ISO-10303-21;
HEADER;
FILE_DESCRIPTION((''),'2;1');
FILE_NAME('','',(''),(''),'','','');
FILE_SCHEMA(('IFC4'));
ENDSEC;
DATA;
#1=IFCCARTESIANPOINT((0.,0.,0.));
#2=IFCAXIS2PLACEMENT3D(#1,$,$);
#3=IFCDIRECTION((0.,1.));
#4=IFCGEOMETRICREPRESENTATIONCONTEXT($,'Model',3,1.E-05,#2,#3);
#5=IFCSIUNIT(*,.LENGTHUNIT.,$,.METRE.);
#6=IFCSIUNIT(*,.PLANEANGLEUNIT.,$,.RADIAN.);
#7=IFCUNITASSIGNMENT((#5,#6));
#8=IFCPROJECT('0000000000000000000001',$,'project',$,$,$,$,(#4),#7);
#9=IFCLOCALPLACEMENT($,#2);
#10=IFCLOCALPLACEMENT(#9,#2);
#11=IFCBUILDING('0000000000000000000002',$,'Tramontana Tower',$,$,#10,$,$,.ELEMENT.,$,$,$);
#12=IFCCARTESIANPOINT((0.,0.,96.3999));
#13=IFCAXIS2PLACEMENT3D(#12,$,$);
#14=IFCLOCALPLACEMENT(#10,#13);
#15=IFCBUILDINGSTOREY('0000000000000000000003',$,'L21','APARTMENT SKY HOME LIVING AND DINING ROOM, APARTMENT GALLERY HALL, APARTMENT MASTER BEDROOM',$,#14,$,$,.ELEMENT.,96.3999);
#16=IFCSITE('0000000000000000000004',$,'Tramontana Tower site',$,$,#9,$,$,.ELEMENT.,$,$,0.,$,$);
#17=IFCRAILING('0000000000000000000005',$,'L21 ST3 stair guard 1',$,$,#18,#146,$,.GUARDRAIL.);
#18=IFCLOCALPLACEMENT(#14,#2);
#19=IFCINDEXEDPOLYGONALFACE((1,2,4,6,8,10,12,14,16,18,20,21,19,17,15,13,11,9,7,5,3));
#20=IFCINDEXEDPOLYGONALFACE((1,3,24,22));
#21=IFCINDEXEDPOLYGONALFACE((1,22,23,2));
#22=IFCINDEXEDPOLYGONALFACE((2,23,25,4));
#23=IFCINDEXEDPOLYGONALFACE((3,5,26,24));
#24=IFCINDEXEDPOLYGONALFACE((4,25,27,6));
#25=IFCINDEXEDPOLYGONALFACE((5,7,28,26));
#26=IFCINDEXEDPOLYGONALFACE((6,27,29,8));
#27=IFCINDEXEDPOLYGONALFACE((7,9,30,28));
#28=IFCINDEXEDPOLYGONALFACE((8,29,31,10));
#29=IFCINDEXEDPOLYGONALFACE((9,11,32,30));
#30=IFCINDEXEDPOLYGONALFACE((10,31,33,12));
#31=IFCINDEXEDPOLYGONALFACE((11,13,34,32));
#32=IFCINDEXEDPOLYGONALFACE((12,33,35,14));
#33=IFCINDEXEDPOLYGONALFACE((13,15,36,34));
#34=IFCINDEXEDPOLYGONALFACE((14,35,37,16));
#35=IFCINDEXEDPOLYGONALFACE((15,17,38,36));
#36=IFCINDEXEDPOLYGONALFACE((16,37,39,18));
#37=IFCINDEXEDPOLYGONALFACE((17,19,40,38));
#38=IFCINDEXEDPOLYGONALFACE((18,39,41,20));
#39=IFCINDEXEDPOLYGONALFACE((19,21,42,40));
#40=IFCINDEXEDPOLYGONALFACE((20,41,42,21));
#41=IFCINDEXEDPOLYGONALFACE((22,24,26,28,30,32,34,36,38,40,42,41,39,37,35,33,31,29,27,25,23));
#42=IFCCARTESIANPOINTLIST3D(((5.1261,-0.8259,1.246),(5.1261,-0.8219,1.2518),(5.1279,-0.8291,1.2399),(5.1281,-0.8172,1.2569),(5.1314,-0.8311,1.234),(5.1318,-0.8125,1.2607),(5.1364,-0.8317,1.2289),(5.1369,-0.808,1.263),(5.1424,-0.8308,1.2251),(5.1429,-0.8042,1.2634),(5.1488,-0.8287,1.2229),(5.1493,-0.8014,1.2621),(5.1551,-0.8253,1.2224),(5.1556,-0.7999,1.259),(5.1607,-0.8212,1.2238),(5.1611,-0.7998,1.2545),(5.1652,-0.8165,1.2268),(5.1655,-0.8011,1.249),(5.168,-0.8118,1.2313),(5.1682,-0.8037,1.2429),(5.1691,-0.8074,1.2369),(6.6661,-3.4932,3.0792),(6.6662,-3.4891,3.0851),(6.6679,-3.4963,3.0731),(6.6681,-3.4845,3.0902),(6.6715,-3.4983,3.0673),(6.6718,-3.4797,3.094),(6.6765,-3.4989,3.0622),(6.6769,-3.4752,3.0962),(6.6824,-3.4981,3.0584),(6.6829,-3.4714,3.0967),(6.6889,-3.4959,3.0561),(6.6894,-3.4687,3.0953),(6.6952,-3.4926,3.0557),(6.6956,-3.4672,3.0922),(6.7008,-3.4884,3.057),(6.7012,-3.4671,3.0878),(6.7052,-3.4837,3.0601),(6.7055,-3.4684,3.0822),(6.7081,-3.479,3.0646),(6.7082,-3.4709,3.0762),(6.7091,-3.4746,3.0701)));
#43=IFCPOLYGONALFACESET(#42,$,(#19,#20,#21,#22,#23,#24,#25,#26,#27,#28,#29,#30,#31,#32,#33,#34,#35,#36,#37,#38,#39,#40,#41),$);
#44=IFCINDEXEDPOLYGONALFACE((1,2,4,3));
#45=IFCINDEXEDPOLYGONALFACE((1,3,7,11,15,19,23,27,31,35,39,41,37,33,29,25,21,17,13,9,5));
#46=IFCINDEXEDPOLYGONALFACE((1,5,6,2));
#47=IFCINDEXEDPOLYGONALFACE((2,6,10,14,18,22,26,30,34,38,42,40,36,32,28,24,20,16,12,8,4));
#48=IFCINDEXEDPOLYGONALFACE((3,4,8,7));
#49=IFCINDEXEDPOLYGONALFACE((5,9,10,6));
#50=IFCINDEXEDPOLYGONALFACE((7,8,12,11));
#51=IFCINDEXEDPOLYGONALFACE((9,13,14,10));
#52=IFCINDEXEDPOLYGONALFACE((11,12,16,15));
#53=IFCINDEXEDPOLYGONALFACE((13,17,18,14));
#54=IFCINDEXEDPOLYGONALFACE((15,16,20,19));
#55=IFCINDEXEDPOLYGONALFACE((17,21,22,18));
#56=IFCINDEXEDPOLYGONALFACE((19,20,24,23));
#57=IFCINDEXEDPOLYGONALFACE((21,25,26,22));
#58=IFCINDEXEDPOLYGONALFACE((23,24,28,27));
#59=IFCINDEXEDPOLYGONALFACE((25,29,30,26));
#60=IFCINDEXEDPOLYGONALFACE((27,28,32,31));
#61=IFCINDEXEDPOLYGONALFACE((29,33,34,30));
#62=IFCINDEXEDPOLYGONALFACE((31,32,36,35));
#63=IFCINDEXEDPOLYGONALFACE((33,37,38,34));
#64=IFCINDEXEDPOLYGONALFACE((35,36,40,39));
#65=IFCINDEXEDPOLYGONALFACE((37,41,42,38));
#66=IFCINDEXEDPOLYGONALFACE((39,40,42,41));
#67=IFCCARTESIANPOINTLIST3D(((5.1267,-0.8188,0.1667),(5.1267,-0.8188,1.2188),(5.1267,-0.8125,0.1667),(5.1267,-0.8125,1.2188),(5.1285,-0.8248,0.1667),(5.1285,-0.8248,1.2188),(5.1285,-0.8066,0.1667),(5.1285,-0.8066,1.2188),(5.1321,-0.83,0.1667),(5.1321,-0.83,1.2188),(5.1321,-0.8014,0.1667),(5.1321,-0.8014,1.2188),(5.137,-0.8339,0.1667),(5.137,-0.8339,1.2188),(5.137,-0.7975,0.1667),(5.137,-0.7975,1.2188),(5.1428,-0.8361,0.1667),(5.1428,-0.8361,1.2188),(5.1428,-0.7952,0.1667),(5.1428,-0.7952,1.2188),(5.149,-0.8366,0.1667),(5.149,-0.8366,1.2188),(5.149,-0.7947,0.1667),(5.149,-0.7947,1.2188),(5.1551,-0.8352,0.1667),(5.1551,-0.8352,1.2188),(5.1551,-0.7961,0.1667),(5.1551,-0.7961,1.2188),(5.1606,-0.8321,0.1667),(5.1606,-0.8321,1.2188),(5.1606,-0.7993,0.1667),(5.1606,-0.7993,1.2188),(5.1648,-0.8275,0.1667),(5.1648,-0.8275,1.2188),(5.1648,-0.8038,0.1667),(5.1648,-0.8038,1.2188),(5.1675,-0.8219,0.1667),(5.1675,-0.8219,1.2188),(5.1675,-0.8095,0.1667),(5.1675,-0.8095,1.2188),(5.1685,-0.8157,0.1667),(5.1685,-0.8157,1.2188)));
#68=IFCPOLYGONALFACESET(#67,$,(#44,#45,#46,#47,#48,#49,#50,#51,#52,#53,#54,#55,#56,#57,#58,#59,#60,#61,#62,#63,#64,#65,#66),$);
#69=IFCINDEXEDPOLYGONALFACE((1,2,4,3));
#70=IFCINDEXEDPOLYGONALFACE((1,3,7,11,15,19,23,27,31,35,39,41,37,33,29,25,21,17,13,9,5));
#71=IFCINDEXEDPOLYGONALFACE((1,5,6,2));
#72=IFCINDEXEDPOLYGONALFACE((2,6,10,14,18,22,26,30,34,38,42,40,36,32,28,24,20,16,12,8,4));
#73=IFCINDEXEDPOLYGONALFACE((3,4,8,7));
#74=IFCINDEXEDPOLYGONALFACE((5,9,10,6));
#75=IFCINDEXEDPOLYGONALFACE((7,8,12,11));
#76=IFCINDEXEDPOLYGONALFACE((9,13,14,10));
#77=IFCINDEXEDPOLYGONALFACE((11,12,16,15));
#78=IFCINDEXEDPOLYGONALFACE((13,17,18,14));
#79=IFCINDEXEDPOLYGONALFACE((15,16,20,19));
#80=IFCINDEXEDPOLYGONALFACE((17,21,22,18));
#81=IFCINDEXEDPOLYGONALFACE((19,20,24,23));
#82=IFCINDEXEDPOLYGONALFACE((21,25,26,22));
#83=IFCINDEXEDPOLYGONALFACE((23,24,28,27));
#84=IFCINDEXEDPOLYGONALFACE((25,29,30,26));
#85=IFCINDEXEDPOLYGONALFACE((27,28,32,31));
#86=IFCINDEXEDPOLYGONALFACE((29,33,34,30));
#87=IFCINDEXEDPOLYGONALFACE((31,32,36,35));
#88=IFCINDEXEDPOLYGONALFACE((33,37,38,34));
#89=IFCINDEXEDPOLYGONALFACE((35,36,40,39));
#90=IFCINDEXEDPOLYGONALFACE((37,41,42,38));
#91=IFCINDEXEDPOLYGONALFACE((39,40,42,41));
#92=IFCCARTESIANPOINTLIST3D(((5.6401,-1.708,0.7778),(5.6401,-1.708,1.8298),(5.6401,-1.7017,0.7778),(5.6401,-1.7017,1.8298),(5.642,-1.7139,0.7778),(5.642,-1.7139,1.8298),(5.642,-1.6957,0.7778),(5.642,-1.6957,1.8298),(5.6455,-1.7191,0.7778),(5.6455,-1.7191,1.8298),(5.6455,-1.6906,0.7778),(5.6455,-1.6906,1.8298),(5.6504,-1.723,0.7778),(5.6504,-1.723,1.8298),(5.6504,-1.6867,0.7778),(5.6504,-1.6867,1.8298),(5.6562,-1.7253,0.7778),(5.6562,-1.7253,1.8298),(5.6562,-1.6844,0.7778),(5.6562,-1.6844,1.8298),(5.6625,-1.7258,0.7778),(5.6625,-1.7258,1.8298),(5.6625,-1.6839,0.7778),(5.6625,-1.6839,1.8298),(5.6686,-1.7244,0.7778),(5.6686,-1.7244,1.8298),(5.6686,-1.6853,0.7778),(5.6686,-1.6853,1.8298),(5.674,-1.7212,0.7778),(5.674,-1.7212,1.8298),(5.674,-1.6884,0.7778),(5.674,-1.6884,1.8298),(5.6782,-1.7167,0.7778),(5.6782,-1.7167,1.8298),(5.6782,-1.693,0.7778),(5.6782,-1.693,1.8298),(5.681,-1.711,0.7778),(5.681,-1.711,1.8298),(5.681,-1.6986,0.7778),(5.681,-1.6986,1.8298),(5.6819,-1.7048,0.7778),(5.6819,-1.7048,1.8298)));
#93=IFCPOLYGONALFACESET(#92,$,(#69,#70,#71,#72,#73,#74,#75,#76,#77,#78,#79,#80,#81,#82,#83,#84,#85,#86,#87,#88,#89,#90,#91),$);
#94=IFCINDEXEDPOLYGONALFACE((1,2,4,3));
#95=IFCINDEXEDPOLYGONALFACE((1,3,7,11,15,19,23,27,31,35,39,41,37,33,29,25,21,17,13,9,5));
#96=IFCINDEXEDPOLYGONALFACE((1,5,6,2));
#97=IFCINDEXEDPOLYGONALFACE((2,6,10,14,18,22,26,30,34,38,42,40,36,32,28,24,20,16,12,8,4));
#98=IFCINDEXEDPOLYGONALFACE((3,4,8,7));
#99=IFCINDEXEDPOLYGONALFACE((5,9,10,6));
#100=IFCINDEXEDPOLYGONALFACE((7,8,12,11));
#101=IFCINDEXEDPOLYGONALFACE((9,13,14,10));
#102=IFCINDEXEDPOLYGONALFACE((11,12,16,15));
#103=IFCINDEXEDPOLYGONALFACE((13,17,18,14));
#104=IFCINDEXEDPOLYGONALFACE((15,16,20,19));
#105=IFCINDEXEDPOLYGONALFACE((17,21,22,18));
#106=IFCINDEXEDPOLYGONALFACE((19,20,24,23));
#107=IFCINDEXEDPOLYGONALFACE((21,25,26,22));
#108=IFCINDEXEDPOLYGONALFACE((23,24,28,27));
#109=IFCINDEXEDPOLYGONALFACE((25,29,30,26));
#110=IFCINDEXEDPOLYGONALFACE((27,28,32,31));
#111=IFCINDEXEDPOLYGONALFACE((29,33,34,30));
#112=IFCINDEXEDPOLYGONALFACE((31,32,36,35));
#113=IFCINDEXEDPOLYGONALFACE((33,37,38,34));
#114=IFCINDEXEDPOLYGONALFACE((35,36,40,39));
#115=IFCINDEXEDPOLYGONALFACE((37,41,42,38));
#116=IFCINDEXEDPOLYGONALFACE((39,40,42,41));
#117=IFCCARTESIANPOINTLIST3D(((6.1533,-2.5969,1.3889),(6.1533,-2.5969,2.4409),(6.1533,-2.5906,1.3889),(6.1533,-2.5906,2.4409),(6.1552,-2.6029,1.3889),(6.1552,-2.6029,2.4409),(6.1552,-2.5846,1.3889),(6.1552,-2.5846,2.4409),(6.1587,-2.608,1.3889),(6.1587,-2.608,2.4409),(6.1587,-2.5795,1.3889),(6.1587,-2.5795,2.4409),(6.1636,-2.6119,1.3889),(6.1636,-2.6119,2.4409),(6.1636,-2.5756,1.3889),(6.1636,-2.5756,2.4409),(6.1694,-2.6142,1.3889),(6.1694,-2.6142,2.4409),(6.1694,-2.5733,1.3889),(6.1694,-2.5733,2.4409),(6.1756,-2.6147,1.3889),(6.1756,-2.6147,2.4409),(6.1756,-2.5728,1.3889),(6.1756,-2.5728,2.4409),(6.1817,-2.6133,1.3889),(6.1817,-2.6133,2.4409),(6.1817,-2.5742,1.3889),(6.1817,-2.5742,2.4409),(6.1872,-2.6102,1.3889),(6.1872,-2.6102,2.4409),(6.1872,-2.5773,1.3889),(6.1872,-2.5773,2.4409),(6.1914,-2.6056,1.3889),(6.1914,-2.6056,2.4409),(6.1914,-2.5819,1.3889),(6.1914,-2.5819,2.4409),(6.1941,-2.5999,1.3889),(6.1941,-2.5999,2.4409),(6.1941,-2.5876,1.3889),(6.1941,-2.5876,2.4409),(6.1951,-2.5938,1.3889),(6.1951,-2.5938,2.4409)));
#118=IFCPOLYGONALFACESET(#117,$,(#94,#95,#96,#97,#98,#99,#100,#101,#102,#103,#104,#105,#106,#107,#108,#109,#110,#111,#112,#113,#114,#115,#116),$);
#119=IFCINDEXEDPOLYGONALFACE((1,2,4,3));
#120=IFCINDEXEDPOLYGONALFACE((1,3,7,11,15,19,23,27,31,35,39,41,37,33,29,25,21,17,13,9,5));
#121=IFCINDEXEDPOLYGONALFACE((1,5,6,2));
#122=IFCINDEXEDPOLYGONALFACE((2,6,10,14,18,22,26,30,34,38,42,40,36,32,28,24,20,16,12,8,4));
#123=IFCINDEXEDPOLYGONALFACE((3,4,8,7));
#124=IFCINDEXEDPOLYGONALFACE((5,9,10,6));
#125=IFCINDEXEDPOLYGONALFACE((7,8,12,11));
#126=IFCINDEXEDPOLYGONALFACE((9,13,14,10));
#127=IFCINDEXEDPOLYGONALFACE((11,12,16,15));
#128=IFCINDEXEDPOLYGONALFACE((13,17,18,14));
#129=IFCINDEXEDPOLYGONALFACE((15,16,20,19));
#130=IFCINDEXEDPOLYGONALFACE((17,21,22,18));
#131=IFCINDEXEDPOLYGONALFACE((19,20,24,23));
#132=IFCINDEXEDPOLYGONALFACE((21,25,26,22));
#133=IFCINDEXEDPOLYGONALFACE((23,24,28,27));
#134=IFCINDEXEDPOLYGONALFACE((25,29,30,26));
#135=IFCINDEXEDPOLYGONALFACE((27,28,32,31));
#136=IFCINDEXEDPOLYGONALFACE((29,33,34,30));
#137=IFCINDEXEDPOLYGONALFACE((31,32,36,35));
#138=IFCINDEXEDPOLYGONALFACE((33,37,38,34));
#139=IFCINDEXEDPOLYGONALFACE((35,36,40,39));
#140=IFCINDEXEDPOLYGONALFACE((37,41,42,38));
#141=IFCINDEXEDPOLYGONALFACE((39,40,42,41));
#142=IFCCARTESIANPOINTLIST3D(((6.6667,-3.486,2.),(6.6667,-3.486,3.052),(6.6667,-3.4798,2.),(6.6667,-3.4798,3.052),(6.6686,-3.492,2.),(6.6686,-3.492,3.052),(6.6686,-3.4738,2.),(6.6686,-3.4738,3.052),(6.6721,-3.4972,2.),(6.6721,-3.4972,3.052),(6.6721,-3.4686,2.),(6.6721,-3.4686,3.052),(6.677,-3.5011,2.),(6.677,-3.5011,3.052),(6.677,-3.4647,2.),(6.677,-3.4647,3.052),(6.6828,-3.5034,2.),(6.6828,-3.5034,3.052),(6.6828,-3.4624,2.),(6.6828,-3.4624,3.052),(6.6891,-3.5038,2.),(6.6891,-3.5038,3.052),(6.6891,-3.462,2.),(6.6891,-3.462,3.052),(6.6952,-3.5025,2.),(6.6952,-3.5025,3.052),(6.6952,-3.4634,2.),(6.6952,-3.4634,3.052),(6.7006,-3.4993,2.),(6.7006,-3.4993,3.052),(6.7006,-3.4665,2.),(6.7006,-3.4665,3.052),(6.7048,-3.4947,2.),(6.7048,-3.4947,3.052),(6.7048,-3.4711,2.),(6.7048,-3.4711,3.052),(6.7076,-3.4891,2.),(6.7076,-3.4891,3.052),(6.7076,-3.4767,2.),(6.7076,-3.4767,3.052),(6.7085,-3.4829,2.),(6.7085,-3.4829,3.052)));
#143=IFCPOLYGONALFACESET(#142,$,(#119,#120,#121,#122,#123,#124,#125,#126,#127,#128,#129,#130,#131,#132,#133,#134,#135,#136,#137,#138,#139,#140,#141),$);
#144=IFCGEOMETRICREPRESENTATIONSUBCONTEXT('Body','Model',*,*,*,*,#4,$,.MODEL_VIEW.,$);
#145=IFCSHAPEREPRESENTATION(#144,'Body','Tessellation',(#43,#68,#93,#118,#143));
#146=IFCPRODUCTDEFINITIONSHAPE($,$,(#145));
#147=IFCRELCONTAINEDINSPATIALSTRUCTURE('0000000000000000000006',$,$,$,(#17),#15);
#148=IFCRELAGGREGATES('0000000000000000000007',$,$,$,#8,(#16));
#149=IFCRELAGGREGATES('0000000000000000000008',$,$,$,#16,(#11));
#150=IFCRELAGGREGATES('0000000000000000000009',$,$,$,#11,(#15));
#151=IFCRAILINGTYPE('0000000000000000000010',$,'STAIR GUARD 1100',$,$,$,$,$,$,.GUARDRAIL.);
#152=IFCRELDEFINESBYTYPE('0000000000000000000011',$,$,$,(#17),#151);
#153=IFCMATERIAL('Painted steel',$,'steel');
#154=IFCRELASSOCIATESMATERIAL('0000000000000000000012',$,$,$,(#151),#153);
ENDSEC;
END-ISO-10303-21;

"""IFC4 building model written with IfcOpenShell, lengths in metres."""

from ifc_helpers import new_model, si_unit, direction, frame, origin, origin_2d, place, context, subcontext, project, spatial, circle, extrude, material, type_object, element, save


model = new_model("IFC4")

# Units and contexts
model_context = context("Model", 3, precision=1e-05, world=origin(), true_north=direction((0.0, 1.0)))
body_context = subcontext(model_context, "Body", "Model", "MODEL_VIEW")
ifc_project = project(units=[si_unit("LENGTHUNIT", "METRE"), si_unit("PLANEANGLEUNIT", "RADIAN")], contexts=[model_context])

# Site, building, storey
site_placement = place(None, origin())
site = spatial("IfcSite", under=ifc_project, at=site_placement, Name="Tramontana Tower site", CompositionType="ELEMENT", RefElevation=0.0)
building_placement = place(site_placement, origin())
building = spatial("IfcBuilding", under=site, at=building_placement, Name="Tramontana Tower", CompositionType="ELEMENT")
storey_placement = place(building_placement, frame((0.0, 0.0, 96.3999)))
storey = spatial("IfcBuildingStorey", under=building, at=storey_placement, Name="L21", Description="APARTMENT SKY HOME LIVING AND DINING ROOM, APARTMENT GALLERY HALL, APARTMENT MASTER BEDROOM", CompositionType="ELEMENT", Elevation=96.3999)

# Railing
ifc_material_1 = material(Name="Painted steel", Category="steel")
railing_type_1 = type_object("IfcRailingType", Name="STAIR GUARD 1100", PredefinedType="GUARDRAIL", material=ifc_material_1)
railing_1_placement = place(storey_placement, frame((5.1475, -0.8157, 0.1667)))
element("IfcRailing", 1, at=railing_1_placement, inside=storey, type_object=railing_type_1, Name="L21 ST3 stair guard 1", PredefinedType="GUARDRAIL", context=body_context, shape_type="SweptSolid", body=[
    extrude(circle(Radius=0.0239, at=origin_2d()), frame((0.0, 0.0, 1.0762), z_axis=(0.429671, -0.744159, 0.511478), x_axis=(0.86601, 0.500027, 0.0)), (0.0, 0.0, 1.0), 3.5842),
    extrude(circle(Radius=0.021, at=origin_2d()), origin(), (0.0, 0.0, 1.0), 1.052),
    extrude(circle(Radius=0.021, at=origin_2d()), frame((0.5134, -0.8892, 0.6111)), (0.0, 0.0, 1.0), 1.052),
    extrude(circle(Radius=0.021, at=origin_2d()), frame((1.0266, -1.7781, 1.2222)), (0.0, 0.0, 1.0), 1.052),
    extrude(circle(Radius=0.021, at=origin_2d()), frame((1.54, -2.6672, 1.8333)), (0.0, 0.0, 1.0), 1.052),
])

save(model, "model.ifc")
